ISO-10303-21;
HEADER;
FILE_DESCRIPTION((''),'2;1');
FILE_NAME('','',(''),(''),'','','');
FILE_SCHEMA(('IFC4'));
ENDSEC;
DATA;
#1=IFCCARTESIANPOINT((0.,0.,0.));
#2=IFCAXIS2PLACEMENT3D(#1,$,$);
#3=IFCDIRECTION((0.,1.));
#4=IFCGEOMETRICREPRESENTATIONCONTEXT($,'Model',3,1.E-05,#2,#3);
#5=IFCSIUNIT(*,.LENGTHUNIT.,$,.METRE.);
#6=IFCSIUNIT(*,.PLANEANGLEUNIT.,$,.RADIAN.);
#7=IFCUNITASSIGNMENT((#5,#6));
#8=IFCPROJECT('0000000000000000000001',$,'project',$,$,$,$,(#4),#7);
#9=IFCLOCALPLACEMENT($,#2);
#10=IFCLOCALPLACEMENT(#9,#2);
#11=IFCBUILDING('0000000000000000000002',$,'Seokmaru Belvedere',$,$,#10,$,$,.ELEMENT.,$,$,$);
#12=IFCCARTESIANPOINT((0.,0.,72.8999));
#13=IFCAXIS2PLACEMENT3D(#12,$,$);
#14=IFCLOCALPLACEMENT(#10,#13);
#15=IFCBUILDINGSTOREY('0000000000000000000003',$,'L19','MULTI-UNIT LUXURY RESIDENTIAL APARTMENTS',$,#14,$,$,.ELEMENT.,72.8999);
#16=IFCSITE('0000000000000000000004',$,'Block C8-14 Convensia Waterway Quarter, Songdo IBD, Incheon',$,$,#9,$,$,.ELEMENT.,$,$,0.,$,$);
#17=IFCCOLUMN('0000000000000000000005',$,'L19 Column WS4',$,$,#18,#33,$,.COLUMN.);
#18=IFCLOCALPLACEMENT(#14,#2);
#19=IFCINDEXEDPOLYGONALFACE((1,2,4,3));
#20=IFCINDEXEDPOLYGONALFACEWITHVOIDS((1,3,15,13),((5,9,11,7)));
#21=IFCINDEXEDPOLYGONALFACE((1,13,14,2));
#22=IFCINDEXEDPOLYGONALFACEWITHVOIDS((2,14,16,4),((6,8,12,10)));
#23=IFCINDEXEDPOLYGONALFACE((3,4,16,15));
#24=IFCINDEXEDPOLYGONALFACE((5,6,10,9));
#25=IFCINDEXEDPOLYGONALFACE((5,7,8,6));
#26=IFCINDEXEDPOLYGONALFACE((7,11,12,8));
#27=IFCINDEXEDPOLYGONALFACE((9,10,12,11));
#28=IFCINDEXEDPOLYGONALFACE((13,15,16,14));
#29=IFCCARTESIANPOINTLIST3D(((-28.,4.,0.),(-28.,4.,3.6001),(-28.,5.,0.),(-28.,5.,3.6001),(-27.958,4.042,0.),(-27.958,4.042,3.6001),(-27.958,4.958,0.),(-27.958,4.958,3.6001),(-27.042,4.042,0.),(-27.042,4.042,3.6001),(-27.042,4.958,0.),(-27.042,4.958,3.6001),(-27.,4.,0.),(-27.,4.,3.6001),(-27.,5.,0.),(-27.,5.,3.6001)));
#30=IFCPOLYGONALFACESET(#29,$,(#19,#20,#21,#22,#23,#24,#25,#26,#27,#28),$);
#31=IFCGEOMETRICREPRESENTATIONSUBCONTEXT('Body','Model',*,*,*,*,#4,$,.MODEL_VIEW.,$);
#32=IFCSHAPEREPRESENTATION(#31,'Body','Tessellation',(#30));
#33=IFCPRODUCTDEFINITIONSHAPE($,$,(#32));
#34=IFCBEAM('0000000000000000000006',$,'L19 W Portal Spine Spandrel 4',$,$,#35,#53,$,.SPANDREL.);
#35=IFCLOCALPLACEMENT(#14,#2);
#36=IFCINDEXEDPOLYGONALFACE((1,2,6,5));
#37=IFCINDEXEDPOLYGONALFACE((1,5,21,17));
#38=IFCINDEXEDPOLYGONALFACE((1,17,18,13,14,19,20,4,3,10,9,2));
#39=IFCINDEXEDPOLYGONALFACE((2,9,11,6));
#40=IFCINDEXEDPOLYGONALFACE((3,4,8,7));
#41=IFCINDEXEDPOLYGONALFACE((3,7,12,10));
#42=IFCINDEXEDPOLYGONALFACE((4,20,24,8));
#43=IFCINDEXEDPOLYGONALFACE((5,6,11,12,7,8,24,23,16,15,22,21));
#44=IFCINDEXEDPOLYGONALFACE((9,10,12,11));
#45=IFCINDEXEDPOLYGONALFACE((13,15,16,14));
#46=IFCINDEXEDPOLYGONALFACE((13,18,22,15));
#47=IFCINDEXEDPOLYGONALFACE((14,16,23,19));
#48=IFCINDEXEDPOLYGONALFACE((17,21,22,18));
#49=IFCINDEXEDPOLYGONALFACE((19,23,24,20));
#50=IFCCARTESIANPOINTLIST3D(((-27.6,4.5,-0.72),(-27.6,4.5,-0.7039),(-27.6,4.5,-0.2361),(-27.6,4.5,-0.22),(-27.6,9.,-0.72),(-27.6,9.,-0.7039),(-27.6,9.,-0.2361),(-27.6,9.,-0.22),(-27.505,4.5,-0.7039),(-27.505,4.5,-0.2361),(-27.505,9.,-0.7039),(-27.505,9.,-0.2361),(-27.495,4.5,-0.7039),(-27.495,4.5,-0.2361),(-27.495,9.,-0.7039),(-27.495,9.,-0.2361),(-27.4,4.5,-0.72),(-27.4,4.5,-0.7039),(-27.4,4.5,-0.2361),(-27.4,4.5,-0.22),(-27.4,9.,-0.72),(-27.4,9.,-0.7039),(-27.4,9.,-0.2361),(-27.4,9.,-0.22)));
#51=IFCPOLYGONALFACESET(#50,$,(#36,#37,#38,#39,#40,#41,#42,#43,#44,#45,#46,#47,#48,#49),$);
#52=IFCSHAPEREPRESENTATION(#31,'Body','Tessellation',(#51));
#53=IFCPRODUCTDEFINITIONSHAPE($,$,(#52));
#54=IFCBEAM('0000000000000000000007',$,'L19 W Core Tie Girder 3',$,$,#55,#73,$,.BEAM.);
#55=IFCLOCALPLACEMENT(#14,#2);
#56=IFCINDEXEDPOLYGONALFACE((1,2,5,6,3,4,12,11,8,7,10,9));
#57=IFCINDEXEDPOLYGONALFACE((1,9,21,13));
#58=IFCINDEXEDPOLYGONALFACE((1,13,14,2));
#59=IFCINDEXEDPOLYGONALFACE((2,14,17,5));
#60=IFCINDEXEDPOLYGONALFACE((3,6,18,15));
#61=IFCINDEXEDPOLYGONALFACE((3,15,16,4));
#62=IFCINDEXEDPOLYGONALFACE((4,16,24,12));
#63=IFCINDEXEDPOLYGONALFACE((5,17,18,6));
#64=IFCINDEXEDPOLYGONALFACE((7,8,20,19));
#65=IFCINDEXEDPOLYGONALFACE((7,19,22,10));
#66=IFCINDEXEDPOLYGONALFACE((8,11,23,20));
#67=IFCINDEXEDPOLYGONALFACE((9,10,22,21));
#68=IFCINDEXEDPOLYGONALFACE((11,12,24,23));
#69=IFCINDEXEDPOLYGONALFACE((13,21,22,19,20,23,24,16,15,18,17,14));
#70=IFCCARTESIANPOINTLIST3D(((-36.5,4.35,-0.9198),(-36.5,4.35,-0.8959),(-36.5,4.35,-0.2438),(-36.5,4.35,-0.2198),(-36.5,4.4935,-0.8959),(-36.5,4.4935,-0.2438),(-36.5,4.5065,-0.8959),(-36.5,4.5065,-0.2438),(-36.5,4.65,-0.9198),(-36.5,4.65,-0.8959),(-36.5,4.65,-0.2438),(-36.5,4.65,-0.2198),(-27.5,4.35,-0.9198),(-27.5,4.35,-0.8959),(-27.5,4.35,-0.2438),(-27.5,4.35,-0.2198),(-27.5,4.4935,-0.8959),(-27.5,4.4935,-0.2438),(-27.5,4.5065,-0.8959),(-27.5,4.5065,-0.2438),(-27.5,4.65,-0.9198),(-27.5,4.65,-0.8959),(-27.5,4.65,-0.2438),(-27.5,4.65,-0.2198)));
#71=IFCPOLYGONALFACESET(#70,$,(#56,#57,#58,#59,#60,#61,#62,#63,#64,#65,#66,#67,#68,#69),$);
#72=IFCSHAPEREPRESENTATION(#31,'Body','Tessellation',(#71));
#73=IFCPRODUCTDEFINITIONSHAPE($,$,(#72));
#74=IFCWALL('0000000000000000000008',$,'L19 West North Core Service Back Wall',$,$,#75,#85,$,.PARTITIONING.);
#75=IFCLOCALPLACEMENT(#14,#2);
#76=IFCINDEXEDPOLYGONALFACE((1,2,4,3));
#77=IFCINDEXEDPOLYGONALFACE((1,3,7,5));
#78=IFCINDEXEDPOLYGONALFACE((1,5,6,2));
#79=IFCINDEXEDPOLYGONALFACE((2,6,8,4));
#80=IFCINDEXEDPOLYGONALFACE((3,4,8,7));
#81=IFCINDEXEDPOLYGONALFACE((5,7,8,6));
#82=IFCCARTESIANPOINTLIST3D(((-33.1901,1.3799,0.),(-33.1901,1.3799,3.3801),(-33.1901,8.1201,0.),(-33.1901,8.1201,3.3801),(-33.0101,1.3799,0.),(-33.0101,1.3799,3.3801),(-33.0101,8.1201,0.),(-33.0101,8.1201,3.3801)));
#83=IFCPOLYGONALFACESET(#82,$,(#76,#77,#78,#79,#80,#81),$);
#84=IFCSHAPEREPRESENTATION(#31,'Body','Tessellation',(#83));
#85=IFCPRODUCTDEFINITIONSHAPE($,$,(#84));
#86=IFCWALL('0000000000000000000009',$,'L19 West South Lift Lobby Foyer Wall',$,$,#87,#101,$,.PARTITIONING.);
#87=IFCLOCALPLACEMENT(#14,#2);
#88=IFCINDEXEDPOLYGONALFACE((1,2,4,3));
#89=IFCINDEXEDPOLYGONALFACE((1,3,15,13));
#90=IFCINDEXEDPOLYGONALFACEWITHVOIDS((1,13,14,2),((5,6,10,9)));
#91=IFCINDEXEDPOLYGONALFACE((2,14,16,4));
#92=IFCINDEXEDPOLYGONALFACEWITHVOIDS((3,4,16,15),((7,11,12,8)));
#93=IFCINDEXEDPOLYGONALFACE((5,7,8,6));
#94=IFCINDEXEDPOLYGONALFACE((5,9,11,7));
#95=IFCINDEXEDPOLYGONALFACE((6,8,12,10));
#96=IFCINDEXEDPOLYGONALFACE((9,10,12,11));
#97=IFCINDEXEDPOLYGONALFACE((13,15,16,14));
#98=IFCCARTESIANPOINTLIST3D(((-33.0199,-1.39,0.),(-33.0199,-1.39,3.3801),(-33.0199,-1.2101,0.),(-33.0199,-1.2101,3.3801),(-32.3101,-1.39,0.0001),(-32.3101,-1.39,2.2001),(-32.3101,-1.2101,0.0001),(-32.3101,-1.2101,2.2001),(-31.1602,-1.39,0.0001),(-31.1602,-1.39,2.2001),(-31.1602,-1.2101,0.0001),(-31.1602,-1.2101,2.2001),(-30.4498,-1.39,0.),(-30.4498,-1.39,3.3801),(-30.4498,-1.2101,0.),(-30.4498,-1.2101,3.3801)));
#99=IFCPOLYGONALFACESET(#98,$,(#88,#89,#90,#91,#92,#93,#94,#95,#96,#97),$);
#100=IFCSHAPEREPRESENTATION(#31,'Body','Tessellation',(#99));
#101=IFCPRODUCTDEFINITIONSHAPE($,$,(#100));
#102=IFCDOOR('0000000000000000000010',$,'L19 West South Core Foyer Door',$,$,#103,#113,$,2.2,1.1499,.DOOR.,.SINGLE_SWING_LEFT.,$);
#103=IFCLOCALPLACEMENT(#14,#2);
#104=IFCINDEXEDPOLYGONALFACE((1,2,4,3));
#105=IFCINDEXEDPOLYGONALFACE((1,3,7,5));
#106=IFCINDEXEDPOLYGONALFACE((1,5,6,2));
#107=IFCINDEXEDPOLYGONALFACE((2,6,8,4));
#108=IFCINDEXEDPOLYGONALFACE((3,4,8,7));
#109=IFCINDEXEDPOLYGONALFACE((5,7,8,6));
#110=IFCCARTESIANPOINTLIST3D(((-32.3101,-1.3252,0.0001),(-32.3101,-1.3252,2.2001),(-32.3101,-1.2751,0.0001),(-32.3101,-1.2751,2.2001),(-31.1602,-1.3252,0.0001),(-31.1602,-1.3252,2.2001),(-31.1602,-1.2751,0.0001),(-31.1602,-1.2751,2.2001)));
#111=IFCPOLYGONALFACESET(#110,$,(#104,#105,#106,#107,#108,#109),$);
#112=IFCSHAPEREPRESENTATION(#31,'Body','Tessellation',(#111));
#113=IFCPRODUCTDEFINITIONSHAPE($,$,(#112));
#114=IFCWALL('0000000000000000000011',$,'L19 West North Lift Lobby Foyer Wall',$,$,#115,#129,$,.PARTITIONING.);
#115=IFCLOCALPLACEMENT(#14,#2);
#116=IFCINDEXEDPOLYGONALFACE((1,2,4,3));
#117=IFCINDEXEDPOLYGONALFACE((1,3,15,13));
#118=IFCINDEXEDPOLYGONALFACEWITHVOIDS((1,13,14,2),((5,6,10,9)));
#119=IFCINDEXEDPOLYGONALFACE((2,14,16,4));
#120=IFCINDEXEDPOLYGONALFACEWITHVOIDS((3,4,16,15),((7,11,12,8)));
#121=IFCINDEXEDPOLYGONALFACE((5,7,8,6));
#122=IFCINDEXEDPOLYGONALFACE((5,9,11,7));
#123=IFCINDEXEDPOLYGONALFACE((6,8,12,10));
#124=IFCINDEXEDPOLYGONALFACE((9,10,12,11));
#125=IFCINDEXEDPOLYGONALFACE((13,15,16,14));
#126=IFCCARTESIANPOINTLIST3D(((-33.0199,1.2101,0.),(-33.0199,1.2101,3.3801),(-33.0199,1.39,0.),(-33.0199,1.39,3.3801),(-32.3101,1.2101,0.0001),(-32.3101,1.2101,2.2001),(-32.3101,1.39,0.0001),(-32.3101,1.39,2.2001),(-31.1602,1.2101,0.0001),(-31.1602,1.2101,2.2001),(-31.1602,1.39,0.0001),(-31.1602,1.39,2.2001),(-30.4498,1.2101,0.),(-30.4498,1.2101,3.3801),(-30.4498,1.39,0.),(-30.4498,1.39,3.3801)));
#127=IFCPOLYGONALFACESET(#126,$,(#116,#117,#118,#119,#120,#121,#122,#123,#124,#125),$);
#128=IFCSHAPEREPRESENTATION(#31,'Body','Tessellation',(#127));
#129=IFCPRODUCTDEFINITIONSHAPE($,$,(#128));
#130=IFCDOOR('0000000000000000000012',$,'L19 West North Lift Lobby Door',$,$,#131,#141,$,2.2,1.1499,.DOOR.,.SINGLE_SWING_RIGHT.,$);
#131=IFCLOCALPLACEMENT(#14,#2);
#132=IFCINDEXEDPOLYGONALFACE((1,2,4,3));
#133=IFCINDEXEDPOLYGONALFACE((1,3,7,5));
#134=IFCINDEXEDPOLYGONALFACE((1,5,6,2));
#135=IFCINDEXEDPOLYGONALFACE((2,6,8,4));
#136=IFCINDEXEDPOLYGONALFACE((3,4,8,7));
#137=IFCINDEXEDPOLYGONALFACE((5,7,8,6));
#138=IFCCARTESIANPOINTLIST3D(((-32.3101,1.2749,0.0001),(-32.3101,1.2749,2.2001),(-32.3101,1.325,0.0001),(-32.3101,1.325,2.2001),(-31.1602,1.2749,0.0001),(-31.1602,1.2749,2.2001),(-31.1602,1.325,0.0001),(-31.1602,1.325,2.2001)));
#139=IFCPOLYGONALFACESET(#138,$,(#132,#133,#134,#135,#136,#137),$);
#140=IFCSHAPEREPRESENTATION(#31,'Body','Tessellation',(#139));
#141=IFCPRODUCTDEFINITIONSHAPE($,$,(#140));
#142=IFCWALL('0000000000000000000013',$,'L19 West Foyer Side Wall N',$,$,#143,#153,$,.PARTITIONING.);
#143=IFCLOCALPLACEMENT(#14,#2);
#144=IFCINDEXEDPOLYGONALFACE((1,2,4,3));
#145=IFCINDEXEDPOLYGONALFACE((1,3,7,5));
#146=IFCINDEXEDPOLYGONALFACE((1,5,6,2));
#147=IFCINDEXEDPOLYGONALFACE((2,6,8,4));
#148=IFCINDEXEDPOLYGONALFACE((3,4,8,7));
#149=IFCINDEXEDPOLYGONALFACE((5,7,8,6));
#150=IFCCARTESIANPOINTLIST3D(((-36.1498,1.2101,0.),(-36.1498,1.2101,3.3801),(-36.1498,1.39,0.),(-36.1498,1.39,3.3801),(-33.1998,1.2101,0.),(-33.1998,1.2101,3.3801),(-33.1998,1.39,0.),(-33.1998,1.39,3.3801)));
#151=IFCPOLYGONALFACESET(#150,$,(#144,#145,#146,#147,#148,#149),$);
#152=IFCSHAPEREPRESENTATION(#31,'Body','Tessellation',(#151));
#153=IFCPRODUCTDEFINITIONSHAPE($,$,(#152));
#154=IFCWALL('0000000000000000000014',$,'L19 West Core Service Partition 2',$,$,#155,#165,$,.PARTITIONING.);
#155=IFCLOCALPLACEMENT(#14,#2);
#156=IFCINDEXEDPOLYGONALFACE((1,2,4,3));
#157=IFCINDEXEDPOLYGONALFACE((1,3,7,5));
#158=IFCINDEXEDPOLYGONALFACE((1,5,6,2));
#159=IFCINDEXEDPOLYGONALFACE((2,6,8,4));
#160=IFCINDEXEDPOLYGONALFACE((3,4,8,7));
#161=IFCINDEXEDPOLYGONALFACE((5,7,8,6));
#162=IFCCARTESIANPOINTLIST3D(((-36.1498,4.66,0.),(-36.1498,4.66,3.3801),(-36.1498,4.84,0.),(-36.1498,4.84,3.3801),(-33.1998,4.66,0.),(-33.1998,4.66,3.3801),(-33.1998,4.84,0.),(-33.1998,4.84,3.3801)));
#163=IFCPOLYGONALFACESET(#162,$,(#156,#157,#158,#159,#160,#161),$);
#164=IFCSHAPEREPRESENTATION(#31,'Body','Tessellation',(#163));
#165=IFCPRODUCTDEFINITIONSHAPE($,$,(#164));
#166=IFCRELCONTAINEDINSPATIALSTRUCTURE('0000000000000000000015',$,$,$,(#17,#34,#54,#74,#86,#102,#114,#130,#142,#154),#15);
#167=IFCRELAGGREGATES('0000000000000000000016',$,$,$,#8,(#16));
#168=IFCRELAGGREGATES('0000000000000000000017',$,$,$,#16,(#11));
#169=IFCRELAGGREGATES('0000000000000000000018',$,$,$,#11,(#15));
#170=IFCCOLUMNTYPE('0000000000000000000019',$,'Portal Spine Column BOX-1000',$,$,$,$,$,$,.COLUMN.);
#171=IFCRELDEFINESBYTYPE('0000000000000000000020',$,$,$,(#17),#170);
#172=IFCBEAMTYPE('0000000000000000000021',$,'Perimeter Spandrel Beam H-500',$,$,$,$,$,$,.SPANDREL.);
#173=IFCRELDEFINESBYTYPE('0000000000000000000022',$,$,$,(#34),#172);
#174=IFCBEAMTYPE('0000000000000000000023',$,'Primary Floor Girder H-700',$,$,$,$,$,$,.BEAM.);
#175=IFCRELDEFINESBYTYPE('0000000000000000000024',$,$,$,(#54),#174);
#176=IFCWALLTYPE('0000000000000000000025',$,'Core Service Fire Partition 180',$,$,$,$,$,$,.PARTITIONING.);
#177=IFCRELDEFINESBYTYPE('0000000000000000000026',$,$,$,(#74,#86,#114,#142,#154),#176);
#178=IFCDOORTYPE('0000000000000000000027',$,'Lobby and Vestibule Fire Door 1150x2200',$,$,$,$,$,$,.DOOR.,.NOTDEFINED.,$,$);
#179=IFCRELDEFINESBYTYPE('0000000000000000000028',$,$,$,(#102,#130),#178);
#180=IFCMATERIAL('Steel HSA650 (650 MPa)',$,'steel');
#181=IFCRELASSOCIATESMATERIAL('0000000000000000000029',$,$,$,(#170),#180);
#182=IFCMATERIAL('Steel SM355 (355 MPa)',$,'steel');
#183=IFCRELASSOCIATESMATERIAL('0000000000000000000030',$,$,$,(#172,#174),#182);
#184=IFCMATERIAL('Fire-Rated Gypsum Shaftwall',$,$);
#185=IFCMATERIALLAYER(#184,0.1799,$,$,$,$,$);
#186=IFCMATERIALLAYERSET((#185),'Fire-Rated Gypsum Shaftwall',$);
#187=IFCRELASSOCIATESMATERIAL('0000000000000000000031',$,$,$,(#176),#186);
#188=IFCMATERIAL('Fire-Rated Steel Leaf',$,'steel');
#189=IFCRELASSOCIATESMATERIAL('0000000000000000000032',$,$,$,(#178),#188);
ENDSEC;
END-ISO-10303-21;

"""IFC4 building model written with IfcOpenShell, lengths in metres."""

from ifc_helpers import new_model, si_unit, direction, frame, frame_2d, origin, origin_2d, place, context, subcontext, project, spatial, rectangle, hollow_rectangle, i_section, extrude, source, transform, mapped, material, layer, layer_set, material_profile, profile_set, type_object, type_shapes, element, fill, save


model = new_model("IFC4")

# Units and contexts
model_context = context("Model", 3, precision=1e-05, world=origin(), true_north=direction((0.0, 1.0)))
body_context = subcontext(model_context, "Body", "Model", "MODEL_VIEW")
ifc_project = project(units=[si_unit("LENGTHUNIT", "METRE"), si_unit("PLANEANGLEUNIT", "RADIAN")], contexts=[model_context])

# Site, building, storey
site_placement = place(None, origin())
site = spatial("IfcSite", under=ifc_project, at=site_placement, Name="Block C8-14 Convensia Waterway Quarter, Songdo IBD, Incheon", CompositionType="ELEMENT", RefElevation=0.0)
building_placement = place(site_placement, origin())
building = spatial("IfcBuilding", under=site, at=building_placement, Name="Seokmaru Belvedere", CompositionType="ELEMENT")
storey_placement = place(building_placement, frame((0.0, 0.0, 72.8999)))
storey = spatial("IfcBuildingStorey", under=building, at=storey_placement, Name="L19", Description="MULTI-UNIT LUXURY RESIDENTIAL APARTMENTS", CompositionType="ELEMENT", Elevation=72.8999)

# Column
ifc_material_1 = material(Name="Steel HSA650 (650 MPa)", Category="steel")
ifc_material_profile_1 = material_profile(ifc_material_1, hollow_rectangle(XDim=1.0, YDim=1.0, WallThickness=0.042, at=origin_2d()), Name="BOX-1000x1000x42")
ifc_profile_set_1 = profile_set([ifc_material_profile_1], Name="Steel HSA650 (650 MPa)")
column_type = type_object("IfcColumnType", Name="Portal Spine Column BOX-1000", PredefinedType="COLUMN", material=ifc_profile_set_1)
shared_shape_1 = source(origin(), body_context, "Body", "SweptSolid", [
    extrude(hollow_rectangle(XDim=1.0, YDim=1.0, WallThickness=0.042, at=origin_2d()), origin(), (0.0, 0.0, 1.0), 3.6001),
])
type_shapes(column_type, [shared_shape_1])
column_placement = place(storey_placement, frame((-27.5, 4.5, 0.0), z_axis=(0.0, 0.0, 1.0), x_axis=(1.0, 0.0, 0.0)))
element("IfcColumn", 1, at=column_placement, inside=storey, type_object=column_type, Name="L19 Column WS4", PredefinedType="COLUMN", context=body_context, shape_type="MappedRepresentation", body=[
    mapped(shared_shape_1, transform((0.0, 0.0, 0.0), scale=1.0)),
])

# Beams
ifc_material_2 = material(Name="Steel SM355 (355 MPa)", Category="steel")
ifc_material_profile_2 = material_profile(ifc_material_2, i_section(OverallWidth=0.2, OverallDepth=0.5, WebThickness=0.01, FlangeThickness=0.0161, at=origin_2d()), Name="H-500x200x10x16")
ifc_profile_set_2 = profile_set([ifc_material_profile_2], Name="Steel SM355 (355 MPa)")
beam_type_1 = type_object("IfcBeamType", Name="Perimeter Spandrel Beam H-500", PredefinedType="SPANDREL", material=ifc_profile_set_2)
shared_shape_2 = source(origin(), body_context, "Body", "SweptSolid", [
    extrude(i_section(OverallWidth=0.2, OverallDepth=0.5, WebThickness=0.01, FlangeThickness=0.0161, at=origin_2d()), origin(), (0.0, 0.0, 1.0), 4.5),
])
type_shapes(beam_type_1, [shared_shape_2])
beam_1_placement = place(storey_placement, frame((-27.5, 4.5, -0.47), z_axis=(0.0, 1.0, 0.0), x_axis=(-1.0, 0.0, 0.0)))
element("IfcBeam", 2, at=beam_1_placement, inside=storey, type_object=beam_type_1, Name="L19 W Portal Spine Spandrel 4", PredefinedType="SPANDREL", context=body_context, shape_type="MappedRepresentation", body=[
    mapped(shared_shape_2, transform((0.0, 0.0, 0.0), scale=1.0)),
])
ifc_material_profile_3 = material_profile(ifc_material_2, i_section(OverallWidth=0.3, OverallDepth=0.7, WebThickness=0.0129, FlangeThickness=0.0239, at=origin_2d()), Name="H-700x300x13x24")
ifc_profile_set_3 = profile_set([ifc_material_profile_3], Name="Steel SM355 (355 MPa)")
beam_type_2 = type_object("IfcBeamType", Name="Primary Floor Girder H-700", PredefinedType="BEAM", material=ifc_profile_set_3)
shared_shape_3 = source(origin(), body_context, "Body", "SweptSolid", [
    extrude(i_section(OverallWidth=0.3, OverallDepth=0.7, WebThickness=0.0129, FlangeThickness=0.0239, at=origin_2d()), origin(), (0.0, 0.0, 1.0), 9.0),
])
type_shapes(beam_type_2, [shared_shape_3])
beam_2_placement = place(storey_placement, frame((-36.5, 4.5, -0.5698), z_axis=(1.0, 0.0, 0.0), x_axis=(0.0, 1.0, 0.0)))
element("IfcBeam", 3, at=beam_2_placement, inside=storey, type_object=beam_type_2, Name="L19 W Core Tie Girder 3", PredefinedType="BEAM", context=body_context, shape_type="MappedRepresentation", body=[
    mapped(shared_shape_3, transform((0.0, 0.0, 0.0), scale=1.0)),
])

# Wall
ifc_material_3 = material(Name="Fire-Rated Gypsum Shaftwall")
ifc_layer_1 = layer(ifc_material_3, 0.1799)
ifc_layer_set_1 = layer_set([ifc_layer_1], Name="Fire-Rated Gypsum Shaftwall")
wall_type_1 = type_object("IfcWallType", Name="Core Service Fire Partition 180", PredefinedType="PARTITIONING", material=ifc_layer_set_1)
wall_1_placement = place(storey_placement, frame((-33.1001, 1.3799, 0.0), z_axis=(0.0, 0.0, 1.0), x_axis=(0.0, 1.0, 0.0)))
element("IfcWall", 4, at=wall_1_placement, inside=storey, type_object=wall_type_1, Name="L19 West North Core Service Back Wall", PredefinedType="PARTITIONING", context=body_context, shape_type="SweptSolid", body=[
    extrude(rectangle(XDim=6.7402, YDim=0.1799, at=frame_2d((3.3701, 0.0))), origin(), (0.0, 0.0, 1.0), 3.3801),
])

# Walls, openings, doors
wall_2_placement = place(storey_placement, frame((-33.02, -1.3, 0.0), z_axis=(0.0, 0.0, 1.0), x_axis=(1.0, 0.0, 0.0)))
wall_2 = element("IfcWall", 5, at=wall_2_placement, inside=storey, type_object=wall_type_1, Name="L19 West South Lift Lobby Foyer Wall", PredefinedType="PARTITIONING", context=body_context, shape_type="SweptSolid", body=[
    extrude(rectangle(XDim=2.5701, YDim=0.1799, at=frame_2d((1.2852, 0.0))), origin(), (0.0, 0.0, 1.0), 3.3801),
])
opening_1_placement = place(wall_2_placement, frame((0.71, 0.0, 0.0)))
opening_1 = element("IfcOpeningElement", 6, at=opening_1_placement, cuts=wall_2, PredefinedType="OPENING", context=body_context, shape_type="SweptSolid", body=[
    extrude(rectangle(XDim=1.1499, YDim=2.2, at=frame_2d((0.575, 1.1001))), frame((0.0, 0.1001, 0.0), z_axis=(0.0, -1.0, 0.0), x_axis=(1.0, 0.0, 0.0)), (0.0, 0.0, 1.0), 0.2),
])
ifc_material_4 = material(Name="Fire-Rated Steel Leaf", Category="steel")
door_type_1 = type_object("IfcDoorType", Name="Lobby and Vestibule Fire Door 1150x2200", OperationType="NOTDEFINED", PredefinedType="DOOR", material=ifc_material_4)
shared_shape_4 = source(origin(), body_context, "Body", "SweptSolid", [
    extrude(rectangle(XDim=1.1499, YDim=2.2, at=frame_2d((0.575, 1.1001))), frame((0.0, 0.0249, 0.0), z_axis=(0.0, -1.0, 0.0), x_axis=(1.0, 0.0, 0.0)), (0.0, 0.0, 1.0), 0.05),
])
type_shapes(door_type_1, [shared_shape_4])
door_1_placement = place(opening_1_placement, origin())
door_1 = element("IfcDoor", 7, at=door_1_placement, inside=storey, type_object=door_type_1, Name="L19 West South Core Foyer Door", OperationType="SINGLE_SWING_LEFT", OverallHeight=2.2, OverallWidth=1.1499, PredefinedType="DOOR", context=body_context, shape_type="MappedRepresentation", body=[
    mapped(shared_shape_4, transform((0.0, 0.0, 0.0), scale=1.0)),
])
fill(opening_1, door_1)
wall_3_placement = place(storey_placement, frame((-33.02, 1.3, 0.0), z_axis=(0.0, 0.0, 1.0), x_axis=(1.0, 0.0, 0.0)))
wall_3 = element("IfcWall", 8, at=wall_3_placement, inside=storey, type_object=wall_type_1, Name="L19 West North Lift Lobby Foyer Wall", PredefinedType="PARTITIONING", context=body_context, shape_type="SweptSolid", body=[
    extrude(rectangle(XDim=2.5701, YDim=0.1799, at=frame_2d((1.2852, 0.0))), origin(), (0.0, 0.0, 1.0), 3.3801),
])
opening_2_placement = place(wall_3_placement, frame((0.71, 0.0, 0.0)))
opening_2 = element("IfcOpeningElement", 9, at=opening_2_placement, cuts=wall_3, PredefinedType="OPENING", context=body_context, shape_type="SweptSolid", body=[
    extrude(rectangle(XDim=1.1499, YDim=2.2, at=frame_2d((0.575, 1.1001))), frame((0.0, 0.1001, 0.0), z_axis=(0.0, -1.0, 0.0), x_axis=(1.0, 0.0, 0.0)), (0.0, 0.0, 1.0), 0.2),
])
door_2_placement = place(opening_2_placement, origin())
door_2 = element("IfcDoor", 10, at=door_2_placement, inside=storey, type_object=door_type_1, Name="L19 West North Lift Lobby Door", OperationType="SINGLE_SWING_RIGHT", OverallHeight=2.2, OverallWidth=1.1499, PredefinedType="DOOR", context=body_context, shape_type="MappedRepresentation", body=[
    mapped(shared_shape_4, transform((0.0, 0.0, 0.0), scale=1.0)),
])
fill(opening_2, door_2)

# Walls
for number, where, z_axis, x_axis, name in (
    (11, (-36.1499, 1.3, 0.0), (0.0, 0.0, 1.0), (1.0, 0.0, 0.0), "L19 West Foyer Side Wall N"),
    (12, (-36.1499, 4.75, 0.0), (0.0, 0.0, 1.0), (1.0, 0.0, 0.0), "L19 West Core Service Partition 2"),
):
    element("IfcWall", number, at=place(storey_placement, frame(where, z_axis=z_axis, x_axis=x_axis)), inside=storey, type_object=wall_type_1, Name=name, PredefinedType="PARTITIONING", context=body_context, shape_type="SweptSolid", body=[
        extrude(rectangle(XDim=2.95, YDim=0.1799, at=frame_2d((1.4751, 0.0))), origin(), (0.0, 0.0, 1.0), 3.3801),
    ])

save(model, "model.ifc")
